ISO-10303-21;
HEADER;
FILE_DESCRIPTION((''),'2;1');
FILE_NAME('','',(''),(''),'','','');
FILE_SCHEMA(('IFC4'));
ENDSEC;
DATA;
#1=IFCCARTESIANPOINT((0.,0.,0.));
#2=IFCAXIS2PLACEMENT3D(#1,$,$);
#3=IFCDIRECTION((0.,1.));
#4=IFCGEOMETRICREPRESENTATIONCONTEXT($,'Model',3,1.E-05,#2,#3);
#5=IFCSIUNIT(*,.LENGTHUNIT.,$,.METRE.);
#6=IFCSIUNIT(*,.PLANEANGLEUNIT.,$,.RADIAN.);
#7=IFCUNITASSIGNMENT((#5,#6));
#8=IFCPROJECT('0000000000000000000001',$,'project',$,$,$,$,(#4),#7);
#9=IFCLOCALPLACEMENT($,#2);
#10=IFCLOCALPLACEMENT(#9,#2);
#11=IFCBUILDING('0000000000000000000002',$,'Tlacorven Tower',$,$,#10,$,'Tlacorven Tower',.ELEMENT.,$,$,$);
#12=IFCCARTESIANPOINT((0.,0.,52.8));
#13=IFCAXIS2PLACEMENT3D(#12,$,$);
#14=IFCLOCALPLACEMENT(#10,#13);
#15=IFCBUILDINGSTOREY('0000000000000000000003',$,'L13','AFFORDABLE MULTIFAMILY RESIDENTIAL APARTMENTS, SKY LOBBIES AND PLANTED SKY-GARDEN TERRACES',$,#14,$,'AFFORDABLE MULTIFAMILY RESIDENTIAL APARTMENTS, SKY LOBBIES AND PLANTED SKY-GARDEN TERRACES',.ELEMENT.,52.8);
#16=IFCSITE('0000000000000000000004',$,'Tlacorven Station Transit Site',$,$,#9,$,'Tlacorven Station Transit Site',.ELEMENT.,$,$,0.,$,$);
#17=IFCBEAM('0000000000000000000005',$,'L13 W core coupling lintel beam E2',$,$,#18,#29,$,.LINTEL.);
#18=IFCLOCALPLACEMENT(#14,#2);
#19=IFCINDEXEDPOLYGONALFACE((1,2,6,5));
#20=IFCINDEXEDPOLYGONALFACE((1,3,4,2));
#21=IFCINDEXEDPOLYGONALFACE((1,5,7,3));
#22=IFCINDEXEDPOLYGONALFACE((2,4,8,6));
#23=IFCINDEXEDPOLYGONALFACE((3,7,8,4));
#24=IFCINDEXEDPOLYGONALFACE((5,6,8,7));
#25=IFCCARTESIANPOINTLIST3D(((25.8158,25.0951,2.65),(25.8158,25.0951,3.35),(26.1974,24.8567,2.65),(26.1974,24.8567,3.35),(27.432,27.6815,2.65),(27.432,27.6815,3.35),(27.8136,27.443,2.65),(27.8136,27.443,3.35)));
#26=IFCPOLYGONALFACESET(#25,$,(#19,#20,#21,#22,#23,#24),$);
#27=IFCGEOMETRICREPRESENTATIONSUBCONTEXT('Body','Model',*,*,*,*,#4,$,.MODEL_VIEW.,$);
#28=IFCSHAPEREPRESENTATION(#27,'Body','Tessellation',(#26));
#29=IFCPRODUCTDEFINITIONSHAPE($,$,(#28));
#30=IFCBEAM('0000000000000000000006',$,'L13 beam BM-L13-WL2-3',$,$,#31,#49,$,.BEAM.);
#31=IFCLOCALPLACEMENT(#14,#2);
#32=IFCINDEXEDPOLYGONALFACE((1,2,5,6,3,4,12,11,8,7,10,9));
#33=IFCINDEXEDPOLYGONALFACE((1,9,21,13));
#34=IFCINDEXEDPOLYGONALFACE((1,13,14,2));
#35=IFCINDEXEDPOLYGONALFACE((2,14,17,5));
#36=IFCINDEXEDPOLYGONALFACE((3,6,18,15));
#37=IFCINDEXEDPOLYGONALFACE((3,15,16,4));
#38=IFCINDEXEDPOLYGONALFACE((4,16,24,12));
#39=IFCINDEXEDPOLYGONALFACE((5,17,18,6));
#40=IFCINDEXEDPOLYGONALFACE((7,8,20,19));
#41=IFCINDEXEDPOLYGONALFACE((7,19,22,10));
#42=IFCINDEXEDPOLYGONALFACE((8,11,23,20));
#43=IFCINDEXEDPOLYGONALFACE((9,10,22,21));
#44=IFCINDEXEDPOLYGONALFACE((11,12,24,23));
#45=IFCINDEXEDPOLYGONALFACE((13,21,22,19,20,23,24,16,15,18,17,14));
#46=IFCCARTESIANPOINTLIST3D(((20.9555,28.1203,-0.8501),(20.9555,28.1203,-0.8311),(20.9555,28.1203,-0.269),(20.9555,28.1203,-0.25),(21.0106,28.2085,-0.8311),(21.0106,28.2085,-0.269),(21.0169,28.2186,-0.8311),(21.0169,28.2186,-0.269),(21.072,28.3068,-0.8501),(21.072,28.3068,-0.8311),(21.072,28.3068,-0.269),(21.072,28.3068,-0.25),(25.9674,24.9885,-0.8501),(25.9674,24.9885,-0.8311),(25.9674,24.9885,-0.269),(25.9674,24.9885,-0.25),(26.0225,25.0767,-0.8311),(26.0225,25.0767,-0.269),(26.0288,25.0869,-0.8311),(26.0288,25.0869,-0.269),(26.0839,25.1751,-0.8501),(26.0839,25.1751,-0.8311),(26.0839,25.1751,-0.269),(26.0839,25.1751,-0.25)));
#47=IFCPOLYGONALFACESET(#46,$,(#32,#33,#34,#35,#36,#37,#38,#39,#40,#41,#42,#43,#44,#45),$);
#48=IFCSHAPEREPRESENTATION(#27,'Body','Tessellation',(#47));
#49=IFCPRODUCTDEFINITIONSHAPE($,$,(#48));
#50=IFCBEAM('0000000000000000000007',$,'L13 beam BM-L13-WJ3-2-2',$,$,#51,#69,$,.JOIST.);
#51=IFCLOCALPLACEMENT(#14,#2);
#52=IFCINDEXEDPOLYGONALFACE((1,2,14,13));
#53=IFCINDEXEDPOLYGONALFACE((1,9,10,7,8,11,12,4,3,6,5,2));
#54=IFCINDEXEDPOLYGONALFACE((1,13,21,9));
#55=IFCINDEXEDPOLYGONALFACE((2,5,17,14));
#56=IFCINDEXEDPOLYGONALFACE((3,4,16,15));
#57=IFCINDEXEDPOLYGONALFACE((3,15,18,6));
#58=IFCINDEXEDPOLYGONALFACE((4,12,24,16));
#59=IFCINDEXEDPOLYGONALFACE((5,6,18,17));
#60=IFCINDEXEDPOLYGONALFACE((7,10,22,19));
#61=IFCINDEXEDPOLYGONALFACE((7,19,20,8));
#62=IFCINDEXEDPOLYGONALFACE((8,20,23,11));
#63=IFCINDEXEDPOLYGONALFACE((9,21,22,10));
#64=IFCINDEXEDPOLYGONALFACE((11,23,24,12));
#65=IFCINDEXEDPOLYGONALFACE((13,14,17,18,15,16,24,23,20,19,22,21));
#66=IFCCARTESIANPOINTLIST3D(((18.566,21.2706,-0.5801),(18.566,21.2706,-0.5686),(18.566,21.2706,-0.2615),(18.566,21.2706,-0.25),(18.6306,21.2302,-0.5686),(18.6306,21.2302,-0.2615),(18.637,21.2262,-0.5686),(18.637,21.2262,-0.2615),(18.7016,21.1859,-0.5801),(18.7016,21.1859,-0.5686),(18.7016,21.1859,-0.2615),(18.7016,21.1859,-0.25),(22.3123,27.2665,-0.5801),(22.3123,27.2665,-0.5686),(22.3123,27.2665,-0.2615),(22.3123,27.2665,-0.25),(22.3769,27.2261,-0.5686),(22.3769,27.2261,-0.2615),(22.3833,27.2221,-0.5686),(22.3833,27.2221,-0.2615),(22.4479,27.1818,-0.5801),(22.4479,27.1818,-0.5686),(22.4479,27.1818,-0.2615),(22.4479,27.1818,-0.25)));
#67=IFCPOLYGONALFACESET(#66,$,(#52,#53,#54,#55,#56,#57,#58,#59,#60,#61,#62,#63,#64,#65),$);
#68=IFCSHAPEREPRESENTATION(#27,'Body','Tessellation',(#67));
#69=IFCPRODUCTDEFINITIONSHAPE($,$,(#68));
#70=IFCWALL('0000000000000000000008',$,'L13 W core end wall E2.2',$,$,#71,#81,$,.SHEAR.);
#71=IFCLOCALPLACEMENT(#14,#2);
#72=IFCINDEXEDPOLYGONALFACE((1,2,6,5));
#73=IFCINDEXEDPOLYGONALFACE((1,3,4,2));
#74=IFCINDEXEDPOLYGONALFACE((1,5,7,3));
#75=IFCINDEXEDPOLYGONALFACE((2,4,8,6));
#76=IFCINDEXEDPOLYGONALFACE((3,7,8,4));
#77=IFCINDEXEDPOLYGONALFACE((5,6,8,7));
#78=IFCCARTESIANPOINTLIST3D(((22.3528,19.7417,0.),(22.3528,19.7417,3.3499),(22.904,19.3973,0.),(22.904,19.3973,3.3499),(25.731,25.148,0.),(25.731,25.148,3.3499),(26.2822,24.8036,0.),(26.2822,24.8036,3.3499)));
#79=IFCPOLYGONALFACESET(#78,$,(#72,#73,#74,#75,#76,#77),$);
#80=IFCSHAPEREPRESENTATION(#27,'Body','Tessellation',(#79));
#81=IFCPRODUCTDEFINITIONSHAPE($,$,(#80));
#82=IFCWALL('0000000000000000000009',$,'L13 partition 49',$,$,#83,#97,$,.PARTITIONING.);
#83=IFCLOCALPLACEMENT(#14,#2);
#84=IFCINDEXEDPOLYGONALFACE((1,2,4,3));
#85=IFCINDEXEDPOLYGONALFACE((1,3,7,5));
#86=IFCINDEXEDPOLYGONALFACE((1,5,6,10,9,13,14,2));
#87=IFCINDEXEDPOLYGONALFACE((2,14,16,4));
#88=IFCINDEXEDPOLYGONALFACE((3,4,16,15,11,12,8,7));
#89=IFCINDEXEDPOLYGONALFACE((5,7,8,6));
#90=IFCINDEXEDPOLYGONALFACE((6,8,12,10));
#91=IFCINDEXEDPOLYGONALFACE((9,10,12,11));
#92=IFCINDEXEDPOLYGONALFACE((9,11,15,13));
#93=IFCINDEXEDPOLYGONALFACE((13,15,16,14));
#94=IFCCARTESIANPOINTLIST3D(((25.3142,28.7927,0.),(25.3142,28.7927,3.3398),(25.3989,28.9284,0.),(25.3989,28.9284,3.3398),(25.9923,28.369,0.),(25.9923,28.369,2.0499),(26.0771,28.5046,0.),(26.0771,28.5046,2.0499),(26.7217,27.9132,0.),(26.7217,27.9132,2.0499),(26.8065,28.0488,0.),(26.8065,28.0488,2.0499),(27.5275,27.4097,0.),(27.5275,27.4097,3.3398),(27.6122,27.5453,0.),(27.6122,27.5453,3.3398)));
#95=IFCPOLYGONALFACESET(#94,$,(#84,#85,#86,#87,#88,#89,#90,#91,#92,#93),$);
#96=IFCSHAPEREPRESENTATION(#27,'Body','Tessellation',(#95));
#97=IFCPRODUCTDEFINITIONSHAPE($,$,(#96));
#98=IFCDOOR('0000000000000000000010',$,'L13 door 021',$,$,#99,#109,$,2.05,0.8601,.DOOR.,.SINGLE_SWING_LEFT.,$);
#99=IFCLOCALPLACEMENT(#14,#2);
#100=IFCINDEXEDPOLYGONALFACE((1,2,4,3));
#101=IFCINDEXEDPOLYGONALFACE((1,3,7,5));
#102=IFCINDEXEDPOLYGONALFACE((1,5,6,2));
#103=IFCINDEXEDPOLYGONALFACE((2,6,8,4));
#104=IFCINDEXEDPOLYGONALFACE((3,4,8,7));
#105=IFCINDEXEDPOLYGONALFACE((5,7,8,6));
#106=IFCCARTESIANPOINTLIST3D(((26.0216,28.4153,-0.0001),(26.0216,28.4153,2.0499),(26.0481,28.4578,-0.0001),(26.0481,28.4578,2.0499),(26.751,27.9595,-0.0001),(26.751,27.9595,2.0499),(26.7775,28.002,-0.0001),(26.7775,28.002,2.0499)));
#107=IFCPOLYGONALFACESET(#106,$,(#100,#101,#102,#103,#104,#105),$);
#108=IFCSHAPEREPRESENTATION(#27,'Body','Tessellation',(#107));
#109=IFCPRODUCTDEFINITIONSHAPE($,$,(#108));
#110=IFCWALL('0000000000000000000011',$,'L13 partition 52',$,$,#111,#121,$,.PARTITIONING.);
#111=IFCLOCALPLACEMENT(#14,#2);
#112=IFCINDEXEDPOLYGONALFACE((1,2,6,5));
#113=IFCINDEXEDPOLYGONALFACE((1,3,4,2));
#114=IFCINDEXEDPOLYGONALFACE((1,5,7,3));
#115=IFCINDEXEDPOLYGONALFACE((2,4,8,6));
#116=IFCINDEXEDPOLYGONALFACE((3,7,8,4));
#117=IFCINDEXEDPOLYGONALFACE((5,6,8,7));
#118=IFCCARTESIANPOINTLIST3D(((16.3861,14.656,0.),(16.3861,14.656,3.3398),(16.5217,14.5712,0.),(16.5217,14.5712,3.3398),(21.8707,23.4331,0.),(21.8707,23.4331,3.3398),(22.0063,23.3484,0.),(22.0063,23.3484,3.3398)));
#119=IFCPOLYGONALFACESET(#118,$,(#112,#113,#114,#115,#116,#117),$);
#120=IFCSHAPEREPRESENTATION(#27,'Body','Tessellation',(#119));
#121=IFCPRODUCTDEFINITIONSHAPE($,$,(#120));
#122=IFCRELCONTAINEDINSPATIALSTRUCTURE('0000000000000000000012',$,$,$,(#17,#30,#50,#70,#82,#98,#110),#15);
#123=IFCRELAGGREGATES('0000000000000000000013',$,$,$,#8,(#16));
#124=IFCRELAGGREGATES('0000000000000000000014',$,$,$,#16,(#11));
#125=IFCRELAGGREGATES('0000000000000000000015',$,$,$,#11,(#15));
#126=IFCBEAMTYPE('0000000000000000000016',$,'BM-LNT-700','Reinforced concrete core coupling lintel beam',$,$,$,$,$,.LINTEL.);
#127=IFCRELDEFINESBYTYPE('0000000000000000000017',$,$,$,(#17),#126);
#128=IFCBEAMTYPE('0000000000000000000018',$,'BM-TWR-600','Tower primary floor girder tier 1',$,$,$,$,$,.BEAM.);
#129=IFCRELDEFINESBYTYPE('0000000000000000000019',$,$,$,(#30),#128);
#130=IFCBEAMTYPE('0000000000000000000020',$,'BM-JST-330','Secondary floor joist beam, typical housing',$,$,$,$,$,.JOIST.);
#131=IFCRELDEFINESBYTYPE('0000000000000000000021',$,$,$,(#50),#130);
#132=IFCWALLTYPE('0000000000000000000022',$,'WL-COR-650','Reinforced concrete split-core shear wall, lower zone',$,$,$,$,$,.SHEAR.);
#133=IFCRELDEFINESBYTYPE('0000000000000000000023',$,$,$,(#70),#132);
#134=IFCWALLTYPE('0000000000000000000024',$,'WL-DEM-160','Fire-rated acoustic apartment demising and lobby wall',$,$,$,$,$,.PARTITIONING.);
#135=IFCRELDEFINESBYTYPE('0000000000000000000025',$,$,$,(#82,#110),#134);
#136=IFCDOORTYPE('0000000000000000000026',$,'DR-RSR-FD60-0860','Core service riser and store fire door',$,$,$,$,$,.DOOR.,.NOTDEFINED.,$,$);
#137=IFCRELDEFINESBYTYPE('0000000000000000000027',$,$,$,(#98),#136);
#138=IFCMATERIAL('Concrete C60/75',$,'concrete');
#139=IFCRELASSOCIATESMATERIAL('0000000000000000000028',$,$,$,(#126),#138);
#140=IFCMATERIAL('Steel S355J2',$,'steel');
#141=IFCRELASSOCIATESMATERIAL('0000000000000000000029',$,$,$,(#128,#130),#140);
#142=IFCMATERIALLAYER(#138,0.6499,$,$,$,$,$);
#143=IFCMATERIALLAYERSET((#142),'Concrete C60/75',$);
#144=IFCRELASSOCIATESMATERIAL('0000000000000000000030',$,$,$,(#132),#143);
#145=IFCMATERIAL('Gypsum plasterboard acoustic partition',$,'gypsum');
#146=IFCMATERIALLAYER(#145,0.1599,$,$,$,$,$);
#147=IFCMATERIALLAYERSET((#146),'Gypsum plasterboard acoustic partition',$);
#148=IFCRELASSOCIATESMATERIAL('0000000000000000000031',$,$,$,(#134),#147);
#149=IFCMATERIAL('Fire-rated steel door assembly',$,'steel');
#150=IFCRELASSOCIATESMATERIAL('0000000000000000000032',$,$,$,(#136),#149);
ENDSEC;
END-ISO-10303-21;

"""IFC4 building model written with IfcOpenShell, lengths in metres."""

from ifc_helpers import new_model, si_unit, direction, frame, frame_2d, origin, origin_2d, place, context, subcontext, project, spatial, rectangle, i_section, extrude, source, transform, mapped, material, layer, layer_set, material_profile, profile_set, type_object, element, fill, save


model = new_model("IFC4")

# Units and contexts
model_context = context("Model", 3, precision=1e-05, world=origin(), true_north=direction((0.0, 1.0)))
body_context = subcontext(model_context, "Body", "Model", "MODEL_VIEW")
ifc_project = project(units=[si_unit("LENGTHUNIT", "METRE"), si_unit("PLANEANGLEUNIT", "RADIAN")], contexts=[model_context])

# Site, building, storey
site_placement = place(None, origin())
site = spatial("IfcSite", under=ifc_project, at=site_placement, Name="Tlacorven Station Transit Site", LongName="Tlacorven Station Transit Site", CompositionType="ELEMENT", RefElevation=0.0)
building_placement = place(site_placement, origin())
building = spatial("IfcBuilding", under=site, at=building_placement, Name="Tlacorven Tower", LongName="Tlacorven Tower", CompositionType="ELEMENT")
storey_placement = place(building_placement, frame((0.0, 0.0, 52.8)))
storey = spatial("IfcBuildingStorey", under=building, at=storey_placement, Name="L13", Description="AFFORDABLE MULTIFAMILY RESIDENTIAL APARTMENTS, SKY LOBBIES AND PLANTED SKY-GARDEN TERRACES", LongName="AFFORDABLE MULTIFAMILY RESIDENTIAL APARTMENTS, SKY LOBBIES AND PLANTED SKY-GARDEN TERRACES", CompositionType="ELEMENT", Elevation=52.8)

# Beams
ifc_material_1 = material(Name="Concrete C60/75", Category="concrete")
ifc_material_profile_1 = material_profile(ifc_material_1, rectangle(XDim=0.45, YDim=0.7, at=origin_2d()), Name="RC 450X700")
ifc_profile_set_1 = profile_set([ifc_material_profile_1], Name="Concrete C60/75")
beam_type_1 = type_object("IfcBeamType", Name="BM-LNT-700", Description="Reinforced concrete core coupling lintel beam", PredefinedType="LINTEL", material=ifc_profile_set_1)
shared_shape_1 = source(origin(), body_context, "Body", "SweptSolid", [
    extrude(rectangle(XDim=0.45, YDim=0.7, at=origin_2d()), origin(), (0.0, 0.0, 1.0), 3.0498),
])
beam_1_placement = place(storey_placement, frame((27.6228, 27.5623, 3.0), z_axis=(-0.529927, -0.848043, 0.0), x_axis=(0.848043, -0.529927, 0.0)))
element("IfcBeam", 1, at=beam_1_placement, inside=storey, type_object=beam_type_1, Name="L13 W core coupling lintel beam E2", PredefinedType="LINTEL", context=body_context, shape_type="MappedRepresentation", body=[
    mapped(shared_shape_1, transform((0.0, 0.0, 0.0), scale=1.0)),
])
ifc_material_2 = material(Name="Steel S355J2", Category="steel")
ifc_material_profile_2 = material_profile(ifc_material_2, i_section(OverallWidth=0.22, OverallDepth=0.6001, WebThickness=0.012, FlangeThickness=0.019, at=origin_2d()), Name="IPE 600")
ifc_profile_set_2 = profile_set([ifc_material_profile_2], Name="Steel S355J2")
beam_type_2 = type_object("IfcBeamType", Name="BM-TWR-600", Description="Tower primary floor girder tier 1", PredefinedType="BEAM", material=ifc_profile_set_2)
shared_shape_2 = source(origin(), body_context, "Body", "SweptSolid", [
    extrude(i_section(OverallWidth=0.22, OverallDepth=0.6001, WebThickness=0.012, FlangeThickness=0.019, at=origin_2d()), origin(), (0.0, 0.0, 1.0), 5.9099),
])
beam_2_placement = place(storey_placement, frame((26.0256, 25.0818, -0.55), z_axis=(-0.848047, 0.529921, 0.0), x_axis=(-0.529921, -0.848047, 0.0)))
element("IfcBeam", 2, at=beam_2_placement, inside=storey, type_object=beam_type_2, Name="L13 beam BM-L13-WL2-3", PredefinedType="BEAM", context=body_context, shape_type="MappedRepresentation", body=[
    mapped(shared_shape_2, transform((0.0, 0.0, 0.0), scale=1.0)),
])
ifc_material_profile_3 = material_profile(ifc_material_2, i_section(OverallWidth=0.1599, OverallDepth=0.3301, WebThickness=0.0076, FlangeThickness=0.0115, at=origin_2d()), Name="IPE 330")
ifc_profile_set_3 = profile_set([ifc_material_profile_3], Name="Steel S355J2")
beam_type_3 = type_object("IfcBeamType", Name="BM-JST-330", Description="Secondary floor joist beam, typical housing", PredefinedType="JOIST", material=ifc_profile_set_3)
shared_shape_3 = source(origin(), body_context, "Body", "SweptSolid", [
    extrude(i_section(OverallWidth=0.1599, OverallDepth=0.3301, WebThickness=0.0076, FlangeThickness=0.0115, at=origin_2d()), origin(), (0.0, 0.0, 1.0), 7.0701),
])
beam_3_placement = place(storey_placement, frame((22.3801, 27.2241, -0.415), z_axis=(-0.52989, -0.848066, 0.0), x_axis=(0.848066, -0.52989, 0.0)))
element("IfcBeam", 3, at=beam_3_placement, inside=storey, type_object=beam_type_3, Name="L13 beam BM-L13-WJ3-2-2", PredefinedType="JOIST", context=body_context, shape_type="MappedRepresentation", body=[
    mapped(shared_shape_3, transform((0.0, 0.0, 0.0), scale=1.0)),
])

# Wall
ifc_layer_1 = layer(ifc_material_1, 0.6499)
ifc_layer_set_1 = layer_set([ifc_layer_1], Name="Concrete C60/75")
wall_type_1 = type_object("IfcWallType", Name="WL-COR-650", Description="Reinforced concrete split-core shear wall, lower zone", PredefinedType="SHEAR", material=ifc_layer_set_1)
wall_1_placement = place(storey_placement, frame((26.0066, 24.9758, 0.0), z_axis=(0.0, 0.0, 1.0), x_axis=(-0.529916, -0.84805, 0.0)))
element("IfcWall", 4, at=wall_1_placement, inside=storey, type_object=wall_type_1, Name="L13 W core end wall E2.2", PredefinedType="SHEAR", context=body_context, shape_type="SweptSolid", body=[
    extrude(rectangle(XDim=6.375, YDim=0.6499, at=frame_2d((3.1875, 0.0))), origin(), (0.0, 0.0, 1.0), 3.3499),
])

# Wall, opening, door
ifc_material_3 = material(Name="Gypsum plasterboard acoustic partition", Category="gypsum")
ifc_layer_2 = layer(ifc_material_3, 0.1599)
ifc_layer_set_2 = layer_set([ifc_layer_2], Name="Gypsum plasterboard acoustic partition")
wall_type_2 = type_object("IfcWallType", Name="WL-DEM-160", Description="Fire-rated acoustic apartment demising and lobby wall", PredefinedType="PARTITIONING", material=ifc_layer_set_2)
wall_2_placement = place(storey_placement, frame((27.5698, 27.4775, 0.0), z_axis=(0.0, 0.0, 1.0), x_axis=(-0.848051, 0.529915, 0.0)))
wall_2 = element("IfcWall", 5, at=wall_2_placement, inside=storey, type_object=wall_type_2, Name="L13 partition 49", PredefinedType="PARTITIONING", context=body_context, shape_type="SweptSolid", body=[
    extrude(rectangle(XDim=2.6099, YDim=0.1599, at=frame_2d((1.3049, 0.0))), origin(), (0.0, 0.0, 1.0), 3.3398),
])
opening_1_placement = place(wall_2_placement, frame((0.95, 0.0, 0.0)))
opening_1 = element("IfcOpeningElement", 6, at=opening_1_placement, cuts=wall_2, PredefinedType="OPENING", context=body_context, shape_type="SweptSolid", body=[
    extrude(rectangle(XDim=0.8601, YDim=2.05, at=frame_2d((0.4302, 1.0249))), frame((0.0, 0.0898, 0.0), z_axis=(0.0, -1.0, 0.0), x_axis=(1.0, 0.0, 0.0)), (0.0, 0.0, 1.0), 0.1799),
])
ifc_material_4 = material(Name="Fire-rated steel door assembly", Category="steel")
door_type_1 = type_object("IfcDoorType", Name="DR-RSR-FD60-0860", Description="Core service riser and store fire door", OperationType="NOTDEFINED", PredefinedType="DOOR", material=ifc_material_4)
shared_shape_4 = source(origin(), body_context, "Body", "SweptSolid", [
    extrude(rectangle(XDim=0.8601, YDim=2.05, at=frame_2d((0.4302, 1.0249))), frame((0.0, 0.0249, 0.0), z_axis=(0.0, -1.0, 0.0), x_axis=(1.0, 0.0, 0.0)), (0.0, 0.0, 1.0), 0.05),
])
door_1_placement = place(opening_1_placement, frame((0.8601, 0.0, 0.0), z_axis=(0.0, 0.0, 1.0), x_axis=(-1.0, 0.0, 0.0)))
door_1 = element("IfcDoor", 7, at=door_1_placement, inside=storey, type_object=door_type_1, Name="L13 door 021", OperationType="SINGLE_SWING_LEFT", OverallHeight=2.05, OverallWidth=0.8601, PredefinedType="DOOR", context=body_context, shape_type="MappedRepresentation", body=[
    mapped(shared_shape_4, transform((0.0, 0.0, 0.0), scale=1.0)),
])
fill(opening_1, door_1)

# Wall
wall_3_placement = place(storey_placement, frame((21.9385, 23.3906, 0.0), z_axis=(0.0, 0.0, 1.0), x_axis=(-0.529925, -0.848045, 0.0)))
element("IfcWall", 8, at=wall_3_placement, inside=storey, type_object=wall_type_2, Name="L13 partition 52", PredefinedType="PARTITIONING", context=body_context, shape_type="SweptSolid", body=[
    extrude(rectangle(XDim=10.3499, YDim=0.1599, at=frame_2d((5.1748, 0.0))), origin(), (0.0, 0.0, 1.0), 3.3398),
])

save(model, "model.ifc")
